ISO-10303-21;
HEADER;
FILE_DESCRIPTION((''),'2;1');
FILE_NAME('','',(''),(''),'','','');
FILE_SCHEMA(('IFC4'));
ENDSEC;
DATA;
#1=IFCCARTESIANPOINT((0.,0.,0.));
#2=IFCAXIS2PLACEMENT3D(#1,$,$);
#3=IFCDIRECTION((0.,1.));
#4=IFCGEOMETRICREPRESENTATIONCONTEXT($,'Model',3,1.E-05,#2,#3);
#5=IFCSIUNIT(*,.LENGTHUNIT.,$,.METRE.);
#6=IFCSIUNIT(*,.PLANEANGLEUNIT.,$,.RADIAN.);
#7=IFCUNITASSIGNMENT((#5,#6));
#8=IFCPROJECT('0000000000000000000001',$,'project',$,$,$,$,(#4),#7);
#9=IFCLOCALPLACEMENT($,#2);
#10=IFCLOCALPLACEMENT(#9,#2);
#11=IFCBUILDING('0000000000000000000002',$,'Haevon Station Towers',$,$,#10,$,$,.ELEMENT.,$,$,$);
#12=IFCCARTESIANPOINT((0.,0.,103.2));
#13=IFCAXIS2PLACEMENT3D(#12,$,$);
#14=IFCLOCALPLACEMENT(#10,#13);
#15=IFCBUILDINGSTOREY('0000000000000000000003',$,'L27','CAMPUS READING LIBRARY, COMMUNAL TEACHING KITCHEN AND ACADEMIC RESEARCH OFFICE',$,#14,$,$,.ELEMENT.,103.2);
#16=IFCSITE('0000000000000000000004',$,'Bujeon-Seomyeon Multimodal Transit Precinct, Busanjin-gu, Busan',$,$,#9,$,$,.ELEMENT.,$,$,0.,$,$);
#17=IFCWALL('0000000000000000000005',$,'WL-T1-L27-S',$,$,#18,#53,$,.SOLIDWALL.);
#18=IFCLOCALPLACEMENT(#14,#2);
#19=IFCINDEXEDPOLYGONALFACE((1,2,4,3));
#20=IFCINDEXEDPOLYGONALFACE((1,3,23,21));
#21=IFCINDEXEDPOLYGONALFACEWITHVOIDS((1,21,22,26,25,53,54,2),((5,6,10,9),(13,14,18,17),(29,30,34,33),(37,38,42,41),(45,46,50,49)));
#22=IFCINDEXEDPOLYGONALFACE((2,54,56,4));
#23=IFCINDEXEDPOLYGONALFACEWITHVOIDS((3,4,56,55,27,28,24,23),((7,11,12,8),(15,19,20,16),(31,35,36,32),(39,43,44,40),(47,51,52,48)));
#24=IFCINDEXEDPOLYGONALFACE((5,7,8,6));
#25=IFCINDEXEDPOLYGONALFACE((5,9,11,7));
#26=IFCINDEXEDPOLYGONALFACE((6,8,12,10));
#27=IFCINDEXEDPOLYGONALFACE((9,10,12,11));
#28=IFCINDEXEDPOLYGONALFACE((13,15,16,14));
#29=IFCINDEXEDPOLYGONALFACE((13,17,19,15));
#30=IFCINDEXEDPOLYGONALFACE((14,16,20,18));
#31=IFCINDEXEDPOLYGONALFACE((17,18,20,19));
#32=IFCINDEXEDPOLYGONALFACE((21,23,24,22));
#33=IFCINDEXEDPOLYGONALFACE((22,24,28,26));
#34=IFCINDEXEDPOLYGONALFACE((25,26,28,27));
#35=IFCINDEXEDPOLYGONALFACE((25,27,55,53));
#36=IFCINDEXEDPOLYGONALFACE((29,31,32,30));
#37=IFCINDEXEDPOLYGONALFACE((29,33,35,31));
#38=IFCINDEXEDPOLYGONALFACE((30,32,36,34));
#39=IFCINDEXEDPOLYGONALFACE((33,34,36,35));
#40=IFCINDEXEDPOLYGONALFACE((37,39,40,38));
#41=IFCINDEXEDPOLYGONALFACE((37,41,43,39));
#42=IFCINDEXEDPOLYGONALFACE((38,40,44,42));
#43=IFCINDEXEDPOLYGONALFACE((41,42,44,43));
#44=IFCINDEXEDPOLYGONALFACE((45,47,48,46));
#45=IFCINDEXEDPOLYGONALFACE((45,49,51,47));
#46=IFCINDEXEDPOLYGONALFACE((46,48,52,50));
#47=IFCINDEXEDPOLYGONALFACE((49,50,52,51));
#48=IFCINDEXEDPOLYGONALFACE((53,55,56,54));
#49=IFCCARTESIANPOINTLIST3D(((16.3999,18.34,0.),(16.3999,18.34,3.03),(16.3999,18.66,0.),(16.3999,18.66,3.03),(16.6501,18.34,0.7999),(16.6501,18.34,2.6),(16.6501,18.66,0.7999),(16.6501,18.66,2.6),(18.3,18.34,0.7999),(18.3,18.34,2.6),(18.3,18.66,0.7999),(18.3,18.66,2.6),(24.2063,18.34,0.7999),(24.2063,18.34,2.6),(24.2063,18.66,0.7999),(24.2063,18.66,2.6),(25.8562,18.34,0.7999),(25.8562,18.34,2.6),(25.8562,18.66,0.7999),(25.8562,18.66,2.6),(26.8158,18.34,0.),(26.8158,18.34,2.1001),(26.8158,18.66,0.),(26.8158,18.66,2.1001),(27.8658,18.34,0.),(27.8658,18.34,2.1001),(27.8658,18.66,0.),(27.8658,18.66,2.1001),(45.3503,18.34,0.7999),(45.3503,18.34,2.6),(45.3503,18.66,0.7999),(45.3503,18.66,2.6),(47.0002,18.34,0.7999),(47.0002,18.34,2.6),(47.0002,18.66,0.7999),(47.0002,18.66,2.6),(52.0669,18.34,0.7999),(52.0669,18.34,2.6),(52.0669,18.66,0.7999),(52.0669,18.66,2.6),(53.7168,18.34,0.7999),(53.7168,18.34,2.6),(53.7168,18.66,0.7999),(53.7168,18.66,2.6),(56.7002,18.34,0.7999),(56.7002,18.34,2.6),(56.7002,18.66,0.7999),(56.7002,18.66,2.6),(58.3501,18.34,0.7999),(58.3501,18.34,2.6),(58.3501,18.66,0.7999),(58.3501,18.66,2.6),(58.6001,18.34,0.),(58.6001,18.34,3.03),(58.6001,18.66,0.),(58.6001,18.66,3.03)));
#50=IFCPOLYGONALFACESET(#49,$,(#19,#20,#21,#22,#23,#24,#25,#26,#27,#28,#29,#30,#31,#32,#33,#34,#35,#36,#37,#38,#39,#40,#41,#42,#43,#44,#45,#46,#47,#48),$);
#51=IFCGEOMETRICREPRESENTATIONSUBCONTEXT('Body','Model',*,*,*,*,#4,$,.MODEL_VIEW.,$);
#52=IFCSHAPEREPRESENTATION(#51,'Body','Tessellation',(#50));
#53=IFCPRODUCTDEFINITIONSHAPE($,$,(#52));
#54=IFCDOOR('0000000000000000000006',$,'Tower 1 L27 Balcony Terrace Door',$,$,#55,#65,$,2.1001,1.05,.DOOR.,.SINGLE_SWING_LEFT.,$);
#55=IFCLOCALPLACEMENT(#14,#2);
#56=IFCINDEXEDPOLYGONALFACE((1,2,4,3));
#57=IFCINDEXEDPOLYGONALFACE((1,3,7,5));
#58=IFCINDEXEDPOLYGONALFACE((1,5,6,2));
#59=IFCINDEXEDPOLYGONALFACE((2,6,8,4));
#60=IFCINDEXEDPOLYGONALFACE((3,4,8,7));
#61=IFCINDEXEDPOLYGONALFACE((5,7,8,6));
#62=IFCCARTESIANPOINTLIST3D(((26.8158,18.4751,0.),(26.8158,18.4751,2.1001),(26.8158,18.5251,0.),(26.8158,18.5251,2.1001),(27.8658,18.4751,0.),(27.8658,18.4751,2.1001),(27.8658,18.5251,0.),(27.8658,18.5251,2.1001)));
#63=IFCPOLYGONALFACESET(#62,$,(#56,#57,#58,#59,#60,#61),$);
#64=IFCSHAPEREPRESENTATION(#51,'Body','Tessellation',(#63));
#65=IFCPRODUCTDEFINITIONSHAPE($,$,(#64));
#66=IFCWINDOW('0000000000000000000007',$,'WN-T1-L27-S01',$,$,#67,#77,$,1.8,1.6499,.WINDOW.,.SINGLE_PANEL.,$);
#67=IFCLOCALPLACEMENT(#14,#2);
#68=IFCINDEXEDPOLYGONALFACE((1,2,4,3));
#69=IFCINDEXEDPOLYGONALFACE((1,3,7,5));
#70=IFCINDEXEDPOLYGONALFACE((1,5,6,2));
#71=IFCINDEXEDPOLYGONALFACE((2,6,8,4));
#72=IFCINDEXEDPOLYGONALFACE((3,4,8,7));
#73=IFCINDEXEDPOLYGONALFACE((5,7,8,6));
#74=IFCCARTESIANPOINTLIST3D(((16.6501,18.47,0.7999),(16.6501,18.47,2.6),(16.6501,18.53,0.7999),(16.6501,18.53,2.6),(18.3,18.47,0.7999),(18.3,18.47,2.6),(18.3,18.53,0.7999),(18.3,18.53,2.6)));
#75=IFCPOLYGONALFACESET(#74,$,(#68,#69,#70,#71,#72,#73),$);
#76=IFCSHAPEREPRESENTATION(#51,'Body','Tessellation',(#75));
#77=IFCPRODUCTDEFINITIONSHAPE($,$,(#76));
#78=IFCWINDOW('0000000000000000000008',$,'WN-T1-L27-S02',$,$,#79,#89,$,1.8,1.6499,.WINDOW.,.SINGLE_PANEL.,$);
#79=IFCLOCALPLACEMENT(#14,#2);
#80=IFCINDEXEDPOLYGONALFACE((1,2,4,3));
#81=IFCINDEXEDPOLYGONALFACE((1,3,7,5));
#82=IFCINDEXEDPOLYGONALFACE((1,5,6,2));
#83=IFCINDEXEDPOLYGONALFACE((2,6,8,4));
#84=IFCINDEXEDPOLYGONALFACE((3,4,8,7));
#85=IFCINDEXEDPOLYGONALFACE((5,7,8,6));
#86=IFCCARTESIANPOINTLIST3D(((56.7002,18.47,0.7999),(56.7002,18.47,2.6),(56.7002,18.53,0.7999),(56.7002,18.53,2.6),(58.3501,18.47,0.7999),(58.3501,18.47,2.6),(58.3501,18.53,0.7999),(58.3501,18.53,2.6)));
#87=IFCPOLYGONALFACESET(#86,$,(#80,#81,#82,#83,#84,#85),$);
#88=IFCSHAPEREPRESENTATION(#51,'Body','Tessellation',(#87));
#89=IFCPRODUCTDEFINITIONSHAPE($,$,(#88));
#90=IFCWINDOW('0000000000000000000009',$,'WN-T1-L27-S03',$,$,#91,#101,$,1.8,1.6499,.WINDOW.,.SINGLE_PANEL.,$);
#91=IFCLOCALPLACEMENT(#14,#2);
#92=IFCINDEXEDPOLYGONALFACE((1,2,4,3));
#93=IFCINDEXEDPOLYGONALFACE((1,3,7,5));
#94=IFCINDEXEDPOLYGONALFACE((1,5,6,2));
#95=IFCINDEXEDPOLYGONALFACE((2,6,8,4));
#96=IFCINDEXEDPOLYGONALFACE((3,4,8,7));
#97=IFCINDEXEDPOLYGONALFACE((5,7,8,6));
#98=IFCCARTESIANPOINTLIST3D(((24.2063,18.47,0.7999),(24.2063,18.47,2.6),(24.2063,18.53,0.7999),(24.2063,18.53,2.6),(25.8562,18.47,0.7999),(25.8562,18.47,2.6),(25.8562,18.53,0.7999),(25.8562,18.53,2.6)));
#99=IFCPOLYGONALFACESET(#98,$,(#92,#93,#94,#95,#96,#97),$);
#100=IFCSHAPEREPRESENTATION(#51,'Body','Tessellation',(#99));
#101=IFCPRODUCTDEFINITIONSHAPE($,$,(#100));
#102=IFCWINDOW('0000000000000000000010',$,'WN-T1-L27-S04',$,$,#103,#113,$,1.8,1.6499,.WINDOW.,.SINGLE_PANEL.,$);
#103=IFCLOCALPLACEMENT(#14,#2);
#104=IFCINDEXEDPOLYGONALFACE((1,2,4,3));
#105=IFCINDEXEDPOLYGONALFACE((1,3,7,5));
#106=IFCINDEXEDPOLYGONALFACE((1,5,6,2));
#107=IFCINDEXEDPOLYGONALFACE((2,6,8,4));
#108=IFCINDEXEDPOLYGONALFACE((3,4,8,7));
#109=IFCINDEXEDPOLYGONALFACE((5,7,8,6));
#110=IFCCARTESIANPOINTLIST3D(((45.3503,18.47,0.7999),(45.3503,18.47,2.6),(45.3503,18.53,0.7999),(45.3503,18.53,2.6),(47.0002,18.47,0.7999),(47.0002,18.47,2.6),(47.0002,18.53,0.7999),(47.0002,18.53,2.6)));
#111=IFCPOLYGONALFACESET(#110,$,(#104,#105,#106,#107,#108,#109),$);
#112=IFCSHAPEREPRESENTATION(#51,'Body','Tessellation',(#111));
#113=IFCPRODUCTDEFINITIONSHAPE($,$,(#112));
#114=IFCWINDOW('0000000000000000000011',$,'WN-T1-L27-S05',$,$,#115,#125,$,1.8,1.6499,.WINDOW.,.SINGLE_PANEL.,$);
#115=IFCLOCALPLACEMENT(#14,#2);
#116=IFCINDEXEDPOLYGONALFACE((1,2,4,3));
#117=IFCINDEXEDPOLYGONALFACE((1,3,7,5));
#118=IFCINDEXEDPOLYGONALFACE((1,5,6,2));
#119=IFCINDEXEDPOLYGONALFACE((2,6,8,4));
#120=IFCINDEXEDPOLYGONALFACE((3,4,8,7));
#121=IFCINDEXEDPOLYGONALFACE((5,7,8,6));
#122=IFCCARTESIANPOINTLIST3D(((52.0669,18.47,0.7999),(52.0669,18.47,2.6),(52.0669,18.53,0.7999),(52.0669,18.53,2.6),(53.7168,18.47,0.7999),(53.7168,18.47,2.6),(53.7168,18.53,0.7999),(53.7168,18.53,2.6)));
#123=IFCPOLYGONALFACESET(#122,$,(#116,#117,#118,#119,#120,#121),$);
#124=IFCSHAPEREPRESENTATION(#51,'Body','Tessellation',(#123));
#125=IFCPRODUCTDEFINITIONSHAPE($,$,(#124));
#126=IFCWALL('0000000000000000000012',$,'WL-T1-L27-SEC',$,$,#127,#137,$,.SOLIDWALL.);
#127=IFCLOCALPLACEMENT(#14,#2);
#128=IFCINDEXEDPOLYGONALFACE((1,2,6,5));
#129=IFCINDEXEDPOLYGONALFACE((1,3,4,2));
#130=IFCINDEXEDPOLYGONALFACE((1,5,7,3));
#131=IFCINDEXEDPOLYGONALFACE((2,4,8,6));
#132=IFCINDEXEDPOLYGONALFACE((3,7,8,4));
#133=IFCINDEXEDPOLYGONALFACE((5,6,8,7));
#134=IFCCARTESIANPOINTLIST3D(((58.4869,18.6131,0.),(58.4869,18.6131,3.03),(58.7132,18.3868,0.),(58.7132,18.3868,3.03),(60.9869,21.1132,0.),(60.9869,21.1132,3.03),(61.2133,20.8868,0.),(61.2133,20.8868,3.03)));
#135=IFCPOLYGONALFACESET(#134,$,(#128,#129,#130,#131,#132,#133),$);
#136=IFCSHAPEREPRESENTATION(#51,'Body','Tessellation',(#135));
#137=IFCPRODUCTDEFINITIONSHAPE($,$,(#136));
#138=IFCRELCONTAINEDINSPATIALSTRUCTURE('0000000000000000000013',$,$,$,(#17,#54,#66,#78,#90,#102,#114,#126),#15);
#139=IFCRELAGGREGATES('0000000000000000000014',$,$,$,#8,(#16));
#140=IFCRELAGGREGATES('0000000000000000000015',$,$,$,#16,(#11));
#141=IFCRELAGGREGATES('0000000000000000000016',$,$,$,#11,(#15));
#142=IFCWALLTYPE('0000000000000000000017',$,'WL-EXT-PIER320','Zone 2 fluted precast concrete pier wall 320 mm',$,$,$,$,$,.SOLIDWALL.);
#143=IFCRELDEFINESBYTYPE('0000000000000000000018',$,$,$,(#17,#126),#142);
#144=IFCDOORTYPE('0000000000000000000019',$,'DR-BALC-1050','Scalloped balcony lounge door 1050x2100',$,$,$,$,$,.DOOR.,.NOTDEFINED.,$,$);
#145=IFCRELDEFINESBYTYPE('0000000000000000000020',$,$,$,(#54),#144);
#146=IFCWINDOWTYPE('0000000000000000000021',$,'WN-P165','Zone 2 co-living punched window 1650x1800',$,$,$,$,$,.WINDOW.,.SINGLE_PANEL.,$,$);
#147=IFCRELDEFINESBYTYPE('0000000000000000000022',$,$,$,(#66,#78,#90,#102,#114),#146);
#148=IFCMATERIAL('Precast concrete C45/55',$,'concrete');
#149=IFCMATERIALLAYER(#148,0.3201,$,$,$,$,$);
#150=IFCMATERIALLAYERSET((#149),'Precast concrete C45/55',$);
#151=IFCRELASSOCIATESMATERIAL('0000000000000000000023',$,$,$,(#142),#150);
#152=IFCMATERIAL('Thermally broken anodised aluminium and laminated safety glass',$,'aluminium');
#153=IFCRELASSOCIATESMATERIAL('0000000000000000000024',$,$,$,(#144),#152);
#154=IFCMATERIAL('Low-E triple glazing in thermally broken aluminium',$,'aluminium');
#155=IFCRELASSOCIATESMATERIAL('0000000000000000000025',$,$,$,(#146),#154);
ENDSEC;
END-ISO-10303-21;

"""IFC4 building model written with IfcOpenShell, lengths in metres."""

from ifc_helpers import new_model, si_unit, direction, frame, frame_2d, origin, place, context, subcontext, project, spatial, rectangle, extrude, material, layer, layer_set, type_object, element, fill, save


model = new_model("IFC4")

# Units and contexts
model_context = context("Model", 3, precision=1e-05, world=origin(), true_north=direction((0.0, 1.0)))
body_context = subcontext(model_context, "Body", "Model", "MODEL_VIEW")
ifc_project = project(units=[si_unit("LENGTHUNIT", "METRE"), si_unit("PLANEANGLEUNIT", "RADIAN")], contexts=[model_context])

# Site, building, storey
site_placement = place(None, origin())
site = spatial("IfcSite", under=ifc_project, at=site_placement, Name="Bujeon-Seomyeon Multimodal Transit Precinct, Busanjin-gu, Busan", CompositionType="ELEMENT", RefElevation=0.0)
building_placement = place(site_placement, origin())
building = spatial("IfcBuilding", under=site, at=building_placement, Name="Haevon Station Towers", CompositionType="ELEMENT")
storey_placement = place(building_placement, frame((0.0, 0.0, 103.2)))
storey = spatial("IfcBuildingStorey", under=building, at=storey_placement, Name="L27", Description="CAMPUS READING LIBRARY, COMMUNAL TEACHING KITCHEN AND ACADEMIC RESEARCH OFFICE", CompositionType="ELEMENT", Elevation=103.2)

# Wall, openings, door, windows
ifc_material_1 = material(Name="Precast concrete C45/55", Category="concrete")
ifc_layer_1 = layer(ifc_material_1, 0.3201)
ifc_layer_set_1 = layer_set([ifc_layer_1], Name="Precast concrete C45/55")
wall_type_1 = type_object("IfcWallType", Name="WL-EXT-PIER320", Description="Zone 2 fluted precast concrete pier wall 320 mm", PredefinedType="SOLIDWALL", material=ifc_layer_set_1)
wall_1_placement = place(storey_placement, frame((58.6001, 18.5, 0.0), z_axis=(0.0, 0.0, 1.0), x_axis=(-1.0, 0.0, 0.0)))
wall_1 = element("IfcWall", 1, at=wall_1_placement, inside=storey, type_object=wall_type_1, Name="WL-T1-L27-S", PredefinedType="SOLIDWALL", context=body_context, shape_type="SweptSolid", body=[
    extrude(rectangle(XDim=42.2002, YDim=0.3201, at=frame_2d((21.1001, 0.0))), origin(), (0.0, 0.0, 1.0), 3.03),
])
opening_1_placement = place(wall_1_placement, frame((30.7344, 0.0, 0.0)))
opening_1 = element("IfcOpeningElement", 2, at=opening_1_placement, cuts=wall_1, PredefinedType="OPENING", context=body_context, shape_type="SweptSolid", body=[
    extrude(rectangle(XDim=1.05, YDim=2.1001, at=frame_2d((0.5249, 1.05))), frame((0.0, 0.1699, 0.0), z_axis=(0.0, -1.0, 0.0), x_axis=(1.0, 0.0, 0.0)), (0.0, 0.0, 1.0), 0.3401),
])
opening_2_placement = place(wall_1_placement, frame((40.3, 0.0, 0.8)))
opening_2 = element("IfcOpeningElement", 3, at=opening_2_placement, cuts=wall_1, PredefinedType="OPENING", context=body_context, shape_type="SweptSolid", body=[
    extrude(rectangle(XDim=1.6499, YDim=1.8, at=frame_2d((0.825, 0.8999))), frame((0.0, 0.1699, 0.0), z_axis=(0.0, -1.0, 0.0), x_axis=(1.0, 0.0, 0.0)), (0.0, 0.0, 1.0), 0.3401),
])
opening_3_placement = place(wall_1_placement, frame((0.25, 0.0, 0.8)))
opening_3 = element("IfcOpeningElement", 4, at=opening_3_placement, cuts=wall_1, PredefinedType="OPENING", context=body_context, shape_type="SweptSolid", body=[
    extrude(rectangle(XDim=1.6499, YDim=1.8, at=frame_2d((0.825, 0.8999))), frame((0.0, 0.1699, 0.0), z_axis=(0.0, -1.0, 0.0), x_axis=(1.0, 0.0, 0.0)), (0.0, 0.0, 1.0), 0.3401),
])
opening_4_placement = place(wall_1_placement, frame((32.7439, 0.0, 0.8)))
opening_4 = element("IfcOpeningElement", 5, at=opening_4_placement, cuts=wall_1, PredefinedType="OPENING", context=body_context, shape_type="SweptSolid", body=[
    extrude(rectangle(XDim=1.6499, YDim=1.8, at=frame_2d((0.825, 0.8999))), frame((0.0, 0.1699, 0.0), z_axis=(0.0, -1.0, 0.0), x_axis=(1.0, 0.0, 0.0)), (0.0, 0.0, 1.0), 0.3401),
])
opening_5_placement = place(wall_1_placement, frame((11.5999, 0.0, 0.8)))
opening_5 = element("IfcOpeningElement", 6, at=opening_5_placement, cuts=wall_1, PredefinedType="OPENING", context=body_context, shape_type="SweptSolid", body=[
    extrude(rectangle(XDim=1.6499, YDim=1.8, at=frame_2d((0.825, 0.8999))), frame((0.0, 0.1699, 0.0), z_axis=(0.0, -1.0, 0.0), x_axis=(1.0, 0.0, 0.0)), (0.0, 0.0, 1.0), 0.3401),
])
opening_6_placement = place(wall_1_placement, frame((4.8833, 0.0, 0.8)))
opening_6 = element("IfcOpeningElement", 7, at=opening_6_placement, cuts=wall_1, PredefinedType="OPENING", context=body_context, shape_type="SweptSolid", body=[
    extrude(rectangle(XDim=1.6499, YDim=1.8, at=frame_2d((0.825, 0.8999))), frame((0.0, 0.1699, 0.0), z_axis=(0.0, -1.0, 0.0), x_axis=(1.0, 0.0, 0.0)), (0.0, 0.0, 1.0), 0.3401),
])
ifc_material_2 = material(Name="Thermally broken anodised aluminium and laminated safety glass", Category="aluminium")
door_type_1 = type_object("IfcDoorType", Name="DR-BALC-1050", Description="Scalloped balcony lounge door 1050x2100", OperationType="NOTDEFINED", PredefinedType="DOOR", material=ifc_material_2)
door_1_placement = place(opening_1_placement, origin())
door_1 = element("IfcDoor", 8, at=door_1_placement, inside=storey, type_object=door_type_1, Name="Tower 1 L27 Balcony Terrace Door", OperationType="SINGLE_SWING_LEFT", OverallHeight=2.1001, OverallWidth=1.05, PredefinedType="DOOR", context=body_context, shape_type="SweptSolid", body=[
    extrude(rectangle(XDim=1.05, YDim=2.1001, at=frame_2d((0.5249, 1.05))), frame((0.0, 0.0249, 0.0), z_axis=(0.0, -1.0, 0.0), x_axis=(1.0, 0.0, 0.0)), (0.0, 0.0, 1.0), 0.05),
])
fill(opening_1, door_1)
ifc_material_3 = material(Name="Low-E triple glazing in thermally broken aluminium", Category="aluminium")
window_type = type_object("IfcWindowType", Name="WN-P165", Description="Zone 2 co-living punched window 1650x1800", PartitioningType="SINGLE_PANEL", PredefinedType="WINDOW", material=ifc_material_3)
window_1_placement = place(opening_2_placement, origin())
window_1 = element("IfcWindow", 9, at=window_1_placement, inside=storey, type_object=window_type, Name="WN-T1-L27-S01", OverallHeight=1.8, OverallWidth=1.6499, PartitioningType="SINGLE_PANEL", PredefinedType="WINDOW", context=body_context, shape_type="SweptSolid", body=[
    extrude(rectangle(XDim=1.6499, YDim=1.8, at=frame_2d((0.825, 0.8999))), frame((0.0, 0.03, 0.0), z_axis=(0.0, -1.0, 0.0), x_axis=(1.0, 0.0, 0.0)), (0.0, 0.0, 1.0), 0.0601),
])
fill(opening_2, window_1)
window_2_placement = place(opening_3_placement, origin())
window_2 = element("IfcWindow", 10, at=window_2_placement, inside=storey, type_object=window_type, Name="WN-T1-L27-S02", OverallHeight=1.8, OverallWidth=1.6499, PartitioningType="SINGLE_PANEL", PredefinedType="WINDOW", context=body_context, shape_type="SweptSolid", body=[
    extrude(rectangle(XDim=1.6499, YDim=1.8, at=frame_2d((0.825, 0.8999))), frame((0.0, 0.03, 0.0), z_axis=(0.0, -1.0, 0.0), x_axis=(1.0, 0.0, 0.0)), (0.0, 0.0, 1.0), 0.0601),
])
fill(opening_3, window_2)
window_3_placement = place(opening_4_placement, origin())
window_3 = element("IfcWindow", 11, at=window_3_placement, inside=storey, type_object=window_type, Name="WN-T1-L27-S03", OverallHeight=1.8, OverallWidth=1.6499, PartitioningType="SINGLE_PANEL", PredefinedType="WINDOW", context=body_context, shape_type="SweptSolid", body=[
    extrude(rectangle(XDim=1.6499, YDim=1.8, at=frame_2d((0.825, 0.8999))), frame((0.0, 0.03, 0.0), z_axis=(0.0, -1.0, 0.0), x_axis=(1.0, 0.0, 0.0)), (0.0, 0.0, 1.0), 0.0601),
])
fill(opening_4, window_3)
window_4_placement = place(opening_5_placement, origin())
window_4 = element("IfcWindow", 12, at=window_4_placement, inside=storey, type_object=window_type, Name="WN-T1-L27-S04", OverallHeight=1.8, OverallWidth=1.6499, PartitioningType="SINGLE_PANEL", PredefinedType="WINDOW", context=body_context, shape_type="SweptSolid", body=[
    extrude(rectangle(XDim=1.6499, YDim=1.8, at=frame_2d((0.825, 0.8999))), frame((0.0, 0.03, 0.0), z_axis=(0.0, -1.0, 0.0), x_axis=(1.0, 0.0, 0.0)), (0.0, 0.0, 1.0), 0.0601),
])
fill(opening_5, window_4)
window_5_placement = place(opening_6_placement, origin())
window_5 = element("IfcWindow", 13, at=window_5_placement, inside=storey, type_object=window_type, Name="WN-T1-L27-S05", OverallHeight=1.8, OverallWidth=1.6499, PartitioningType="SINGLE_PANEL", PredefinedType="WINDOW", context=body_context, shape_type="SweptSolid", body=[
    extrude(rectangle(XDim=1.6499, YDim=1.8, at=frame_2d((0.825, 0.8999))), frame((0.0, 0.03, 0.0), z_axis=(0.0, -1.0, 0.0), x_axis=(1.0, 0.0, 0.0)), (0.0, 0.0, 1.0), 0.0601),
])
fill(opening_6, window_5)

# Wall
wall_2_placement = place(storey_placement, frame((61.1001, 21.0, 0.0), z_axis=(0.0, 0.0, 1.0), x_axis=(-0.707107, -0.707107, 0.0)))
element("IfcWall", 14, at=wall_2_placement, inside=storey, type_object=wall_type_1, Name="WL-T1-L27-SEC", PredefinedType="SOLIDWALL", context=body_context, shape_type="SweptSolid", body=[
    extrude(rectangle(XDim=3.5356, YDim=0.3201, at=frame_2d((1.7678, 0.0))), origin(), (0.0, 0.0, 1.0), 3.03),
])

save(model, "model.ifc")
